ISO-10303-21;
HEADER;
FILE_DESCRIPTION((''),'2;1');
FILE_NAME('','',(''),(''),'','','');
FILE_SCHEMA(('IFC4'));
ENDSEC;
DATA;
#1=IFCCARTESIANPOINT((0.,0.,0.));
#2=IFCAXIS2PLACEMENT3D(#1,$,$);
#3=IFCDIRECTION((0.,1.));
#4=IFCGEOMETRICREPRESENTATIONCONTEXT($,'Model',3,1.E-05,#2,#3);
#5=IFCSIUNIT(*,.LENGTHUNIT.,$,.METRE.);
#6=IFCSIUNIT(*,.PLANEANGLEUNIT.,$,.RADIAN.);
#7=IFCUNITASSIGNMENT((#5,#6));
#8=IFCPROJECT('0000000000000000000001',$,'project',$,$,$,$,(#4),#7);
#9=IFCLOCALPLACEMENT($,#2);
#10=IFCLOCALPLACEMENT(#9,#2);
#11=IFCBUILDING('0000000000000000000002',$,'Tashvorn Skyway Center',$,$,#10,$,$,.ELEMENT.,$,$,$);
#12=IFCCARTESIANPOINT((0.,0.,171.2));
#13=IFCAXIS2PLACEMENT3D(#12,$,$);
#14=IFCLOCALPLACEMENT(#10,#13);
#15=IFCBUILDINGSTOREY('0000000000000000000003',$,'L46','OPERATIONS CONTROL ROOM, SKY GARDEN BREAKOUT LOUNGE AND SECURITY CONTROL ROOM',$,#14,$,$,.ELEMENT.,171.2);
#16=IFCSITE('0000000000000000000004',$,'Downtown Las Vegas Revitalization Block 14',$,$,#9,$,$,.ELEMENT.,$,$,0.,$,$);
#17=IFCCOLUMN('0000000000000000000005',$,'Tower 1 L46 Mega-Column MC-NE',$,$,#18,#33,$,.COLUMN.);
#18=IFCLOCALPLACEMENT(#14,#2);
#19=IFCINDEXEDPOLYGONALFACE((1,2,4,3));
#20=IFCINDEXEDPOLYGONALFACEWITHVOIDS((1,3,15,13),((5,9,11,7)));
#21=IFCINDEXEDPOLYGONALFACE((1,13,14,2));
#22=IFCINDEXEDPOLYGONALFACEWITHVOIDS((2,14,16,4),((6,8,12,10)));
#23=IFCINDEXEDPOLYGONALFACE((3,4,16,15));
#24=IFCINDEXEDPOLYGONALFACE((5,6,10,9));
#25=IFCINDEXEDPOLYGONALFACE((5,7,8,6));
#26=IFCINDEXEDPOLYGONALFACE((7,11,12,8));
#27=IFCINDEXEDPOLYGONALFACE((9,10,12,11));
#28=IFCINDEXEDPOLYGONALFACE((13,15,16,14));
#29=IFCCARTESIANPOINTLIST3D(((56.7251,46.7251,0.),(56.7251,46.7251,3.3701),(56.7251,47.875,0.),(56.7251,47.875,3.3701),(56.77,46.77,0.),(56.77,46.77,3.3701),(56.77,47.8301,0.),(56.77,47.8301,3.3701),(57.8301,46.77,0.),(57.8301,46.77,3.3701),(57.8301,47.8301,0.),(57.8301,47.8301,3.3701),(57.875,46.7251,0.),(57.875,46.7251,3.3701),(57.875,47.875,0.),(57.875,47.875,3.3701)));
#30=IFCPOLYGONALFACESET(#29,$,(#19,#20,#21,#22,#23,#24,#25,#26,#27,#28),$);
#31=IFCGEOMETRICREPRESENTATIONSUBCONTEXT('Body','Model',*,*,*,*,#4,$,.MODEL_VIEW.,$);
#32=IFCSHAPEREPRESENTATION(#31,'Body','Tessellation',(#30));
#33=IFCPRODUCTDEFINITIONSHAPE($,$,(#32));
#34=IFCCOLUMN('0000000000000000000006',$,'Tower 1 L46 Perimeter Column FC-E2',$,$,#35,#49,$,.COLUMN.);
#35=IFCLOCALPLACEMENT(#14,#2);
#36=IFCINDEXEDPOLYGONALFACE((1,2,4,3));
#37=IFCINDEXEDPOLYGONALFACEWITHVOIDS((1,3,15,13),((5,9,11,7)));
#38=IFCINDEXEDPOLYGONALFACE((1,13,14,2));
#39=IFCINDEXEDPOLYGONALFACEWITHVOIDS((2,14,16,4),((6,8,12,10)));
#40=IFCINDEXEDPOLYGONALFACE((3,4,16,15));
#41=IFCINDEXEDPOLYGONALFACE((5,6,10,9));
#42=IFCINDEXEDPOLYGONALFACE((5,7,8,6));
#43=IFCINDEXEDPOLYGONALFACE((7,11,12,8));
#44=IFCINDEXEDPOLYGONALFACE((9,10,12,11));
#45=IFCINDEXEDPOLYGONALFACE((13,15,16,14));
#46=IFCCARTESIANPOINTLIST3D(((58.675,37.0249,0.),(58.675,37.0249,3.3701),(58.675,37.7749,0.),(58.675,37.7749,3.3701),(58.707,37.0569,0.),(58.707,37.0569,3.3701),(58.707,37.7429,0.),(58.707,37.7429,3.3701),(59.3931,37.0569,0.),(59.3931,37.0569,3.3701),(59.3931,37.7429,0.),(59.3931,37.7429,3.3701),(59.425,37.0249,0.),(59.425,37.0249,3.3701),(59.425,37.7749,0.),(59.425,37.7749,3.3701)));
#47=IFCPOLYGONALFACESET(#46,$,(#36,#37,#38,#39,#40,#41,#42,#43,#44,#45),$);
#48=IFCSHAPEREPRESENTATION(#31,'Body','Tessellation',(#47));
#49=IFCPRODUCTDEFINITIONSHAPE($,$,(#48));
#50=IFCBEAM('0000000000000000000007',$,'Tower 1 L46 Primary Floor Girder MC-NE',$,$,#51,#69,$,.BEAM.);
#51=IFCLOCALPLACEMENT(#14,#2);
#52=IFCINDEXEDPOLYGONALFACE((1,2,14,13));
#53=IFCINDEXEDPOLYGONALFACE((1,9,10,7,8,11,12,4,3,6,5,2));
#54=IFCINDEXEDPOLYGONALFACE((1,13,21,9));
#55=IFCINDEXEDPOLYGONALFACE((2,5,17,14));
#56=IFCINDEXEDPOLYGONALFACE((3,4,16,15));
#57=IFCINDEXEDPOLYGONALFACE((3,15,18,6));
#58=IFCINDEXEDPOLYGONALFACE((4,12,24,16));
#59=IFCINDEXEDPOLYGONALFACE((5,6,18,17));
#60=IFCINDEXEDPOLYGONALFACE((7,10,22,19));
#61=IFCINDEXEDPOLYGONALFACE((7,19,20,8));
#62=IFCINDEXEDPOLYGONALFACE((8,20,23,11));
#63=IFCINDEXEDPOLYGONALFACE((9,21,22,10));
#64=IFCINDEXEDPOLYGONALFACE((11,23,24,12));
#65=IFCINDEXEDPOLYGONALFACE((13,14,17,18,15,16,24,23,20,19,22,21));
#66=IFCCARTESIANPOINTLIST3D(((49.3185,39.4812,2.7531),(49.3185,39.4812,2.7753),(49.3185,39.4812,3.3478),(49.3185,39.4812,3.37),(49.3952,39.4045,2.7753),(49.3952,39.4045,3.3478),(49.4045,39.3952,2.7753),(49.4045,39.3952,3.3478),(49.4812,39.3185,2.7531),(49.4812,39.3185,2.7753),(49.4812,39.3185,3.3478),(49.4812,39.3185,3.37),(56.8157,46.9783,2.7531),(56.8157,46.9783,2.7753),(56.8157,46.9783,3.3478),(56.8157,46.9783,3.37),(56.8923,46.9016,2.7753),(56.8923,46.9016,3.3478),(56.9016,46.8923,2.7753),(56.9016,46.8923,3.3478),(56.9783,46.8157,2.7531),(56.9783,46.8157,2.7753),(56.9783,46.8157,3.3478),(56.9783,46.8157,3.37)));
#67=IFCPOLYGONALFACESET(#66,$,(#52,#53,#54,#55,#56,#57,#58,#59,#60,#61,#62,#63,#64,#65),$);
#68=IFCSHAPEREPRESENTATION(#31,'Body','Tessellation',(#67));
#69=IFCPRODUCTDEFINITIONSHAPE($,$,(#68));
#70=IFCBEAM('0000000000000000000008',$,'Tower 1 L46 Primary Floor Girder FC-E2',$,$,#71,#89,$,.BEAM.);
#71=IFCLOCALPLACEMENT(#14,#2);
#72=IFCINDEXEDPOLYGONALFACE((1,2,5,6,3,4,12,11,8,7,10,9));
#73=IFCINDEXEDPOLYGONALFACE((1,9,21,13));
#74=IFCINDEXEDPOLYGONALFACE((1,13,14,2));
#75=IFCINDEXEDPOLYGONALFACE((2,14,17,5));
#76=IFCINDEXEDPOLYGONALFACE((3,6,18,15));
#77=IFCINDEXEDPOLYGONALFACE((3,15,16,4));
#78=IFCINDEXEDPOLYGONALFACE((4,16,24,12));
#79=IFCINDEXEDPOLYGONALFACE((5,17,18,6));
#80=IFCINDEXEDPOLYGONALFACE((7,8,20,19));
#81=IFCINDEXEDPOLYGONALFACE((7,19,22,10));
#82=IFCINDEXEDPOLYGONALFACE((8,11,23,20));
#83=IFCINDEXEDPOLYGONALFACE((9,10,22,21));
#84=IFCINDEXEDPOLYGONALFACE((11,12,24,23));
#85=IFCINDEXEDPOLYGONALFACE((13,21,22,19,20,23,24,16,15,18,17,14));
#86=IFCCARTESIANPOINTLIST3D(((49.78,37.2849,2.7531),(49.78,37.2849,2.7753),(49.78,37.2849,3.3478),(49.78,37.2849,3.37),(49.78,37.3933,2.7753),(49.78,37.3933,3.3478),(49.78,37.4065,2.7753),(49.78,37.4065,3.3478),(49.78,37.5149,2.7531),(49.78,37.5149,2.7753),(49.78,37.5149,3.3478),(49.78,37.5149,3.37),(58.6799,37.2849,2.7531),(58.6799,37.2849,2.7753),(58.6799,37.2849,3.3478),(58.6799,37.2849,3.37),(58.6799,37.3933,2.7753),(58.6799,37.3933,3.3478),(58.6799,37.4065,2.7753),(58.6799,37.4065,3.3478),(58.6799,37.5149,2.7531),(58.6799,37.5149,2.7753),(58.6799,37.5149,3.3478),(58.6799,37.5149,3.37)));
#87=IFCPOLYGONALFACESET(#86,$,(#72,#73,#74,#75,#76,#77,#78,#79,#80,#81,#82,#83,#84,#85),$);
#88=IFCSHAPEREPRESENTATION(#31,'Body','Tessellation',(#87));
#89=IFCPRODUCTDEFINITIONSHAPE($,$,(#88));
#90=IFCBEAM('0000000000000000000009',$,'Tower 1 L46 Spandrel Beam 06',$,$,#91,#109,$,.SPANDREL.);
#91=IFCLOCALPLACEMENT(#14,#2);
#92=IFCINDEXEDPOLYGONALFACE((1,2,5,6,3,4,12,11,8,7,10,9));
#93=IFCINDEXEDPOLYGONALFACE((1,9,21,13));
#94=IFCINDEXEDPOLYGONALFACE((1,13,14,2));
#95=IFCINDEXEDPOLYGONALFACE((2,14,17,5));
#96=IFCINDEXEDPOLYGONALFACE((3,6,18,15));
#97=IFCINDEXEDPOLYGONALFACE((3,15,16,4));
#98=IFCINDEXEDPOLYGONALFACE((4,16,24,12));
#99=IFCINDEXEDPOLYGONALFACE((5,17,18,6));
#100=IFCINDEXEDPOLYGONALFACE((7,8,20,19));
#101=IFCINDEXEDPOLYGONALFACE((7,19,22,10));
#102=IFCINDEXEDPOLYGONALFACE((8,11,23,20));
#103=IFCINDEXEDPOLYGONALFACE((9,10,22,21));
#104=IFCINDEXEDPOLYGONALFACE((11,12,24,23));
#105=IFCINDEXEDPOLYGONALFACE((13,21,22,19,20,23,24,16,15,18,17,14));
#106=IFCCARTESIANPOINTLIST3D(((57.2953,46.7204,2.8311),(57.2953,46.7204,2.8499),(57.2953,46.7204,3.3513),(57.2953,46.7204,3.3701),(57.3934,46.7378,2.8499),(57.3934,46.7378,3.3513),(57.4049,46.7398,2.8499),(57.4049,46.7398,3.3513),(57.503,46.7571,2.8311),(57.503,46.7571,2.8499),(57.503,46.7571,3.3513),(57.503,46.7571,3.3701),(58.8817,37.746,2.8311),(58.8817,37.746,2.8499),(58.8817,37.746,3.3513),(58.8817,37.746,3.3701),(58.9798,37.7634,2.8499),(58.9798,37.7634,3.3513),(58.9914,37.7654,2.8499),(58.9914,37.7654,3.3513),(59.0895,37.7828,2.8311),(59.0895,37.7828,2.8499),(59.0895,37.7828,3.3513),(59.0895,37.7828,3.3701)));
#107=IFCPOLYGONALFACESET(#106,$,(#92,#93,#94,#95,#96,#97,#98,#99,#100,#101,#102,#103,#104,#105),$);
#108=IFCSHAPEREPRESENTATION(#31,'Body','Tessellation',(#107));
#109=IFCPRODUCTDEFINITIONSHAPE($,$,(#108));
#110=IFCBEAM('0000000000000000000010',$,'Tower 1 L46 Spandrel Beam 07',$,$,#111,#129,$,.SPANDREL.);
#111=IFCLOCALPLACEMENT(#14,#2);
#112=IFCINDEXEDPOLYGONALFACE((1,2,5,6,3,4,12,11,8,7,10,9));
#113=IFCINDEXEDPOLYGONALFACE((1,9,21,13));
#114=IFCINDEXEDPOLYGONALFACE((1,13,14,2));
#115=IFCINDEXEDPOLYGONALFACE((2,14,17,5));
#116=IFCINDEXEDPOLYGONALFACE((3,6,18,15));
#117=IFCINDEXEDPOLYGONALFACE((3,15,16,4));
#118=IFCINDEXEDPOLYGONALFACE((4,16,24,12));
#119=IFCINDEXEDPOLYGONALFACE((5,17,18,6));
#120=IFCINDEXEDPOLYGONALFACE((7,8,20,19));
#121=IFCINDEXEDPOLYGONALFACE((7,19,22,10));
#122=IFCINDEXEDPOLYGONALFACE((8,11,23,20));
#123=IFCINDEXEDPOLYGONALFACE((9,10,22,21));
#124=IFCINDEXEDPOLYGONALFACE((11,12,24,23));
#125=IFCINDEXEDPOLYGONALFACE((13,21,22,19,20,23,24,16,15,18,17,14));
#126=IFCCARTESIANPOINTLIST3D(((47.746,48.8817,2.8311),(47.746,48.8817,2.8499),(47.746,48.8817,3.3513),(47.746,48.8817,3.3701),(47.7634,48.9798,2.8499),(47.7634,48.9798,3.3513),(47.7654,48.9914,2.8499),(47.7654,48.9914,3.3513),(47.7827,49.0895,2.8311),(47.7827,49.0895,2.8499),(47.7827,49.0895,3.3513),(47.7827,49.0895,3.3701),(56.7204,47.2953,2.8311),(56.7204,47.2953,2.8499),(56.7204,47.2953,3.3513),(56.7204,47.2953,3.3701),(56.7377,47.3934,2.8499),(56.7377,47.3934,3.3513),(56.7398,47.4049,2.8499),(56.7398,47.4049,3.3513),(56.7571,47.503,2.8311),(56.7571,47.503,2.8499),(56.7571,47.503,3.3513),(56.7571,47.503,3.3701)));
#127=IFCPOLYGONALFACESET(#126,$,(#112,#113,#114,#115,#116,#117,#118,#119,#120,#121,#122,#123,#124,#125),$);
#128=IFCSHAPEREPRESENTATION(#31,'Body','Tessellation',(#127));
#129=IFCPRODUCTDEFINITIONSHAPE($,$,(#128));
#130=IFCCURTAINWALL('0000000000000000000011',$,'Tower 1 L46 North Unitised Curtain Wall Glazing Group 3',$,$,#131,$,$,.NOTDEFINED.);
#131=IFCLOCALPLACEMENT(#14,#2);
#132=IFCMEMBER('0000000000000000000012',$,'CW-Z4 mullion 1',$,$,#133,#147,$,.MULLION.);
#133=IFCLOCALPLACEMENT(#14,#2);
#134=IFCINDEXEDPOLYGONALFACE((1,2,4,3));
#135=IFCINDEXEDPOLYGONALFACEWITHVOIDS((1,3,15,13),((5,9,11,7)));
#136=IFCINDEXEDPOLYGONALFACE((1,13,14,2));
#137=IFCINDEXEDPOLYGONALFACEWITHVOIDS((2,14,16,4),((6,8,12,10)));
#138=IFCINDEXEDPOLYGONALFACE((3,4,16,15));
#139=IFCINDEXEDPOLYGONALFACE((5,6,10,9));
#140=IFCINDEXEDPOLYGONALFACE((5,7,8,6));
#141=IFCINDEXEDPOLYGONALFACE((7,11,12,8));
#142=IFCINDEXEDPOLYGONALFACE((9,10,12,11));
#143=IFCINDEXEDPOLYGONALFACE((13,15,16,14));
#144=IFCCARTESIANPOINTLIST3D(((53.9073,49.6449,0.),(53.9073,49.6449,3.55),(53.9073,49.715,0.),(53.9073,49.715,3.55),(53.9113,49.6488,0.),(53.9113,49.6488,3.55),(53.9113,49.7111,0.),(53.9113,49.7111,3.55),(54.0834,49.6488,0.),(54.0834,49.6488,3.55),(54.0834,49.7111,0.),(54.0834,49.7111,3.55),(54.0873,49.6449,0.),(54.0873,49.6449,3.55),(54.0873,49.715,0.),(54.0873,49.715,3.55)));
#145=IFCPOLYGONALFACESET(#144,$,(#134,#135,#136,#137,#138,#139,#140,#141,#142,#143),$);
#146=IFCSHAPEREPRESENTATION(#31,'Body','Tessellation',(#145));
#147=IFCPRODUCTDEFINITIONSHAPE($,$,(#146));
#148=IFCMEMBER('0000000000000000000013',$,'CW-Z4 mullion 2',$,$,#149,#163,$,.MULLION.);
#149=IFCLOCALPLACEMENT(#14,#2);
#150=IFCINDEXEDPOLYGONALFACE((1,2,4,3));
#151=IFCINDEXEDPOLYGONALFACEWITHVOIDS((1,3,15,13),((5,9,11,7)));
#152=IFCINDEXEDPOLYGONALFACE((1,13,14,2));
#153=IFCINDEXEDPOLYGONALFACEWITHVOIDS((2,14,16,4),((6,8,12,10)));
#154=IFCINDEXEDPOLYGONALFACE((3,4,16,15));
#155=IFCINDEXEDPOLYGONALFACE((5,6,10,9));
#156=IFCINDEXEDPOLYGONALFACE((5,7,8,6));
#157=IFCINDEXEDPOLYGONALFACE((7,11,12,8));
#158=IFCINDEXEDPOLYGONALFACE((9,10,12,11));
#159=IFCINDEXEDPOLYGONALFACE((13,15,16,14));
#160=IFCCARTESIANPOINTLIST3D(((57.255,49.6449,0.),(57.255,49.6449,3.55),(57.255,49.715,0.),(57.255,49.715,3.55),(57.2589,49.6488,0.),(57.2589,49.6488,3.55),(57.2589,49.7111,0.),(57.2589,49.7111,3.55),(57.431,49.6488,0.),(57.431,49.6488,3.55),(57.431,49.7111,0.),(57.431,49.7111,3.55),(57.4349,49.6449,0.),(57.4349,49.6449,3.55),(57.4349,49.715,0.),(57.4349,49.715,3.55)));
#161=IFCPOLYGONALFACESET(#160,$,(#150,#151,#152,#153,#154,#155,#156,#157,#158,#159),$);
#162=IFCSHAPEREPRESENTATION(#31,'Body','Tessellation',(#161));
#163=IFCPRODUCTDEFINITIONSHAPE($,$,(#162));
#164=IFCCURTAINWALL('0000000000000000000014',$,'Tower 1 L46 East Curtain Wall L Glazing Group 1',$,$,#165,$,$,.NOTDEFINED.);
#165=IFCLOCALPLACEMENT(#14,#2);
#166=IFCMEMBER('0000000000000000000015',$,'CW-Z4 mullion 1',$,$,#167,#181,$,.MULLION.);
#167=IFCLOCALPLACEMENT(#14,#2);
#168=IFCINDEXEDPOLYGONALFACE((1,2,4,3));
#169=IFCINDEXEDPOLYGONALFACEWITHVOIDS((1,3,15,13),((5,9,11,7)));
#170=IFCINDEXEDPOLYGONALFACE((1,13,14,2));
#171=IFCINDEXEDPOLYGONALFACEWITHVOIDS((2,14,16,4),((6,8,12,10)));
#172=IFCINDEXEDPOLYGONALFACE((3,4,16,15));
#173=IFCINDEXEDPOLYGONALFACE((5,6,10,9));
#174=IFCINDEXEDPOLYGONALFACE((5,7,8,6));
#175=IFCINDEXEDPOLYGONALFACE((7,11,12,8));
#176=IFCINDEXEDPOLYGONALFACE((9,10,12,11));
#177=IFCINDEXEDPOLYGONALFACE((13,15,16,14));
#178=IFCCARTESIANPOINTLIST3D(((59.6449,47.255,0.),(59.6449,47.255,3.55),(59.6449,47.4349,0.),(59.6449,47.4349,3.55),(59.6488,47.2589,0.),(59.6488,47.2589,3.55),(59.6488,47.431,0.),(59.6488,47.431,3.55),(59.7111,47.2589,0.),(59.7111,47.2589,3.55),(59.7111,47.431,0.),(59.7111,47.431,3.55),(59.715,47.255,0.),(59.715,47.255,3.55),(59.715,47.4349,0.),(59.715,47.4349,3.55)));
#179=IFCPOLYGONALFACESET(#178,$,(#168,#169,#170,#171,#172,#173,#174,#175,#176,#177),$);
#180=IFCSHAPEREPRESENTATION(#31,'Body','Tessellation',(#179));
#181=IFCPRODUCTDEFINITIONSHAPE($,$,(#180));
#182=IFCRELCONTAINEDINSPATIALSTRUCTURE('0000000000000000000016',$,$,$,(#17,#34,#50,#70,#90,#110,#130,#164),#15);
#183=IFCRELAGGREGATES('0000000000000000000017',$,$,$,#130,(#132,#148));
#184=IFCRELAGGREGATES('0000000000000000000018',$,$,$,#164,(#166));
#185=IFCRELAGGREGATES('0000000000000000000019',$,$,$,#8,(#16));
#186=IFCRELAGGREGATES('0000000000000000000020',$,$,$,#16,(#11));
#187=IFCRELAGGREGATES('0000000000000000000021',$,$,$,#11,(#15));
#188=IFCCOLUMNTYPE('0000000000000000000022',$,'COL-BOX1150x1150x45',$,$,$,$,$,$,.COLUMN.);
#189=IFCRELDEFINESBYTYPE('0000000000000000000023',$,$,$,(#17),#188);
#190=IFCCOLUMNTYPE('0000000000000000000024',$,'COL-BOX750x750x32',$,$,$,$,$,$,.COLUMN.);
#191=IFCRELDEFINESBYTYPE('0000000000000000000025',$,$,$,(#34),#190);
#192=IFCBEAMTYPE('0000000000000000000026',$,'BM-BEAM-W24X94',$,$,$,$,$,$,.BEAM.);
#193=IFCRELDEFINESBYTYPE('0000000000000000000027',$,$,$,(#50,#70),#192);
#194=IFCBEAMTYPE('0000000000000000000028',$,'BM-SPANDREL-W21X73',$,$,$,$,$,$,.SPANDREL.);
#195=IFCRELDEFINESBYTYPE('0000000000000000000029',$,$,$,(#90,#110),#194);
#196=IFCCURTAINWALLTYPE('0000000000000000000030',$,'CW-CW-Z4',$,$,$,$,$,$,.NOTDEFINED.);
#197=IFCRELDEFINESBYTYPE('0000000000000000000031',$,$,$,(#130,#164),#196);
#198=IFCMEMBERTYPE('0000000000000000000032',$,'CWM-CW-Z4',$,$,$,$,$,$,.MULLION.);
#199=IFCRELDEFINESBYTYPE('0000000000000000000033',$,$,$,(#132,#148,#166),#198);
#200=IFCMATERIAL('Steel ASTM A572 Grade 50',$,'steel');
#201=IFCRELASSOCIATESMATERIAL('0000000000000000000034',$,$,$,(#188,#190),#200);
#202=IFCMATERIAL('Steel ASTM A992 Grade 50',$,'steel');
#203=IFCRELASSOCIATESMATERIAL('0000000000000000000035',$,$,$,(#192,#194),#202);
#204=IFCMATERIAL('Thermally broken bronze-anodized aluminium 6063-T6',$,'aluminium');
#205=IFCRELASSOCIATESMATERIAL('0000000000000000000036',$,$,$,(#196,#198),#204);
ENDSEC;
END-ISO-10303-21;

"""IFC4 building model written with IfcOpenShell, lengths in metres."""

from ifc_helpers import new_model, si_unit, direction, frame, origin, origin_2d, place, context, subcontext, project, spatial, hollow_rectangle, i_section, extrude, material, material_profile, profile_set, type_object, element, aggregate, save


model = new_model("IFC4")

# Units and contexts
model_context = context("Model", 3, precision=1e-05, world=origin(), true_north=direction((0.0, 1.0)))
body_context = subcontext(model_context, "Body", "Model", "MODEL_VIEW")
ifc_project = project(units=[si_unit("LENGTHUNIT", "METRE"), si_unit("PLANEANGLEUNIT", "RADIAN")], contexts=[model_context])

# Site, building, storey
site_placement = place(None, origin())
site = spatial("IfcSite", under=ifc_project, at=site_placement, Name="Downtown Las Vegas Revitalization Block 14", CompositionType="ELEMENT", RefElevation=0.0)
building_placement = place(site_placement, origin())
building = spatial("IfcBuilding", under=site, at=building_placement, Name="Tashvorn Skyway Center", CompositionType="ELEMENT")
storey_placement = place(building_placement, frame((0.0, 0.0, 171.2)))
storey = spatial("IfcBuildingStorey", under=building, at=storey_placement, Name="L46", Description="OPERATIONS CONTROL ROOM, SKY GARDEN BREAKOUT LOUNGE AND SECURITY CONTROL ROOM", CompositionType="ELEMENT", Elevation=171.2)

# Columns
ifc_material_1 = material(Name="Steel ASTM A572 Grade 50", Category="steel")
ifc_material_profile_1 = material_profile(ifc_material_1, hollow_rectangle(XDim=1.1499, YDim=1.1499, WallThickness=0.0449, at=origin_2d()), Name="BOX1150x1150x45")
ifc_profile_set_1 = profile_set([ifc_material_profile_1], Name="Steel ASTM A572 Grade 50")
column_type_1 = type_object("IfcColumnType", Name="COL-BOX1150x1150x45", PredefinedType="COLUMN", material=ifc_profile_set_1)
column_1_placement = place(storey_placement, frame((57.3, 47.3, 0.0), z_axis=(0.0, 0.0, 1.0), x_axis=(1.0, 0.0, 0.0)))
element("IfcColumn", 1, at=column_1_placement, inside=storey, type_object=column_type_1, Name="Tower 1 L46 Mega-Column MC-NE", PredefinedType="COLUMN", context=body_context, shape_type="SweptSolid", body=[
    extrude(hollow_rectangle(XDim=1.1499, YDim=1.1499, WallThickness=0.0449, at=origin_2d()), origin(), (0.0, 0.0, 1.0), 3.3701),
])
ifc_material_profile_2 = material_profile(ifc_material_1, hollow_rectangle(XDim=0.75, YDim=0.75, WallThickness=0.032, at=origin_2d()), Name="BOX750x750x32")
ifc_profile_set_2 = profile_set([ifc_material_profile_2], Name="Steel ASTM A572 Grade 50")
column_type_2 = type_object("IfcColumnType", Name="COL-BOX750x750x32", PredefinedType="COLUMN", material=ifc_profile_set_2)
column_2_placement = place(storey_placement, frame((59.05, 37.3999, 0.0), z_axis=(0.0, 0.0, 1.0), x_axis=(1.0, 0.0, 0.0)))
element("IfcColumn", 2, at=column_2_placement, inside=storey, type_object=column_type_2, Name="Tower 1 L46 Perimeter Column FC-E2", PredefinedType="COLUMN", context=body_context, shape_type="SweptSolid", body=[
    extrude(hollow_rectangle(XDim=0.75, YDim=0.75, WallThickness=0.032, at=origin_2d()), origin(), (0.0, 0.0, 1.0), 3.3701),
])

# Beams
ifc_material_2 = material(Name="Steel ASTM A992 Grade 50", Category="steel")
ifc_material_profile_3 = material_profile(ifc_material_2, i_section(OverallWidth=0.23, OverallDepth=0.6169, WebThickness=0.0132, FlangeThickness=0.0222, at=origin_2d()), Name="W24X94")
ifc_profile_set_3 = profile_set([ifc_material_profile_3], Name="Steel ASTM A992 Grade 50")
beam_type_1 = type_object("IfcBeamType", Name="BM-BEAM-W24X94", PredefinedType="BEAM", material=ifc_profile_set_3)
beam_1_placement = place(storey_placement, frame((56.897, 46.897, 3.0615), z_axis=(-0.707107, -0.707107, 0.0), x_axis=(0.707107, -0.707107, 0.0)))
element("IfcBeam", 3, at=beam_1_placement, inside=storey, type_object=beam_type_1, Name="Tower 1 L46 Primary Floor Girder MC-NE", PredefinedType="BEAM", context=body_context, shape_type="SweptSolid", body=[
    extrude(i_section(OverallWidth=0.23, OverallDepth=0.6169, WebThickness=0.0132, FlangeThickness=0.0222, at=origin_2d()), origin(), (0.0, 0.0, 1.0), 10.6025),
])
beam_2_placement = place(storey_placement, frame((58.6799, 37.3999, 3.0615), z_axis=(-1.0, 0.0, 0.0), x_axis=(0.0, -1.0, 0.0)))
element("IfcBeam", 4, at=beam_2_placement, inside=storey, type_object=beam_type_1, Name="Tower 1 L46 Primary Floor Girder FC-E2", PredefinedType="BEAM", context=body_context, shape_type="SweptSolid", body=[
    extrude(i_section(OverallWidth=0.23, OverallDepth=0.6169, WebThickness=0.0132, FlangeThickness=0.0222, at=origin_2d()), origin(), (0.0, 0.0, 1.0), 8.8999),
])
ifc_material_profile_4 = material_profile(ifc_material_2, i_section(OverallWidth=0.2109, OverallDepth=0.5391, WebThickness=0.0117, FlangeThickness=0.0188, at=origin_2d()), Name="W21X73")
ifc_profile_set_4 = profile_set([ifc_material_profile_4], Name="Steel ASTM A992 Grade 50")
beam_type_2 = type_object("IfcBeamType", Name="BM-SPANDREL-W21X73", PredefinedType="SPANDREL", material=ifc_profile_set_4)
for number, where, z_axis, x_axis, name in (
    (5, (58.9856, 37.7644, 3.1006), (-0.174074, 0.984733, 0.0), (-0.984733, -0.174074, 0.0), "Tower 1 L46 Spandrel Beam 06"),
    (6, (56.7388, 47.3992, 3.1006), (-0.984733, 0.174074, 0.0), (-0.174074, -0.984733, 0.0), "Tower 1 L46 Spandrel Beam 07"),
):
    element("IfcBeam", number, at=place(storey_placement, frame(where, z_axis=z_axis, x_axis=x_axis)), inside=storey, type_object=beam_type_2, Name=name, PredefinedType="SPANDREL", context=body_context, shape_type="SweptSolid", body=[
        extrude(i_section(OverallWidth=0.2109, OverallDepth=0.5391, WebThickness=0.0117, FlangeThickness=0.0188, at=origin_2d()), origin(), (0.0, 0.0, 1.0), 9.1135),
    ])

# Curtain walls, members
ifc_material_3 = material(Name="Thermally broken bronze-anodized aluminium 6063-T6", Category="aluminium")
curtain_wall_type = type_object("IfcCurtainWallType", Name="CW-CW-Z4", PredefinedType="NOTDEFINED", material=ifc_material_3)
curtain_wall_1_placement = place(storey_placement, origin())
curtain_wall_1 = element("IfcCurtainWall", 7, at=curtain_wall_1_placement, inside=storey, type_object=curtain_wall_type, Name="Tower 1 L46 North Unitised Curtain Wall Glazing Group 3", PredefinedType="NOTDEFINED")
ifc_material_profile_5 = material_profile(ifc_material_3, hollow_rectangle(XDim=0.0701, YDim=0.1799, WallThickness=0.0039, at=origin_2d()), Name="ALU-MULL-70x180")
ifc_profile_set_5 = profile_set([ifc_material_profile_5], Name="Thermally broken bronze-anodized aluminium 6063-T6")
member_type_1 = type_object("IfcMemberType", Name="CWM-CW-Z4", PredefinedType="MULLION", material=ifc_profile_set_5)
member_1_placement = place(storey_placement, frame((53.9973, 49.6799, 0.0), z_axis=(0.0, 0.0, 1.0), x_axis=(0.0, 1.0, 0.0)))
member_1 = element("IfcMember", 8, at=member_1_placement, type_object=member_type_1, Name="CW-Z4 mullion 1", PredefinedType="MULLION", context=body_context, shape_type="SweptSolid", body=[
    extrude(hollow_rectangle(XDim=0.0701, YDim=0.1799, WallThickness=0.0039, at=origin_2d()), origin(), (0.0, 0.0, 1.0), 3.55),
])
member_2_placement = place(storey_placement, frame((57.345, 49.6799, 0.0), z_axis=(0.0, 0.0, 1.0), x_axis=(0.0, 1.0, 0.0)))
member_2 = element("IfcMember", 9, at=member_2_placement, type_object=member_type_1, Name="CW-Z4 mullion 2", PredefinedType="MULLION", context=body_context, shape_type="SweptSolid", body=[
    extrude(hollow_rectangle(XDim=0.0701, YDim=0.1799, WallThickness=0.0039, at=origin_2d()), origin(), (0.0, 0.0, 1.0), 3.55),
])
curtain_wall_2_placement = place(storey_placement, origin())
curtain_wall_2 = element("IfcCurtainWall", 10, at=curtain_wall_2_placement, inside=storey, type_object=curtain_wall_type, Name="Tower 1 L46 East Curtain Wall L Glazing Group 1", PredefinedType="NOTDEFINED")
member_3_placement = place(storey_placement, frame((59.6799, 47.345, 0.0), z_axis=(0.0, 0.0, 1.0), x_axis=(1.0, 0.0, 0.0)))
member_3 = element("IfcMember", 11, at=member_3_placement, type_object=member_type_1, Name="CW-Z4 mullion 1", PredefinedType="MULLION", context=body_context, shape_type="SweptSolid", body=[
    extrude(hollow_rectangle(XDim=0.0701, YDim=0.1799, WallThickness=0.0039, at=origin_2d()), origin(), (0.0, 0.0, 1.0), 3.55),
])

aggregate(curtain_wall_1, [member_1, member_2])
aggregate(curtain_wall_2, [member_3])

save(model, "model.ifc")
